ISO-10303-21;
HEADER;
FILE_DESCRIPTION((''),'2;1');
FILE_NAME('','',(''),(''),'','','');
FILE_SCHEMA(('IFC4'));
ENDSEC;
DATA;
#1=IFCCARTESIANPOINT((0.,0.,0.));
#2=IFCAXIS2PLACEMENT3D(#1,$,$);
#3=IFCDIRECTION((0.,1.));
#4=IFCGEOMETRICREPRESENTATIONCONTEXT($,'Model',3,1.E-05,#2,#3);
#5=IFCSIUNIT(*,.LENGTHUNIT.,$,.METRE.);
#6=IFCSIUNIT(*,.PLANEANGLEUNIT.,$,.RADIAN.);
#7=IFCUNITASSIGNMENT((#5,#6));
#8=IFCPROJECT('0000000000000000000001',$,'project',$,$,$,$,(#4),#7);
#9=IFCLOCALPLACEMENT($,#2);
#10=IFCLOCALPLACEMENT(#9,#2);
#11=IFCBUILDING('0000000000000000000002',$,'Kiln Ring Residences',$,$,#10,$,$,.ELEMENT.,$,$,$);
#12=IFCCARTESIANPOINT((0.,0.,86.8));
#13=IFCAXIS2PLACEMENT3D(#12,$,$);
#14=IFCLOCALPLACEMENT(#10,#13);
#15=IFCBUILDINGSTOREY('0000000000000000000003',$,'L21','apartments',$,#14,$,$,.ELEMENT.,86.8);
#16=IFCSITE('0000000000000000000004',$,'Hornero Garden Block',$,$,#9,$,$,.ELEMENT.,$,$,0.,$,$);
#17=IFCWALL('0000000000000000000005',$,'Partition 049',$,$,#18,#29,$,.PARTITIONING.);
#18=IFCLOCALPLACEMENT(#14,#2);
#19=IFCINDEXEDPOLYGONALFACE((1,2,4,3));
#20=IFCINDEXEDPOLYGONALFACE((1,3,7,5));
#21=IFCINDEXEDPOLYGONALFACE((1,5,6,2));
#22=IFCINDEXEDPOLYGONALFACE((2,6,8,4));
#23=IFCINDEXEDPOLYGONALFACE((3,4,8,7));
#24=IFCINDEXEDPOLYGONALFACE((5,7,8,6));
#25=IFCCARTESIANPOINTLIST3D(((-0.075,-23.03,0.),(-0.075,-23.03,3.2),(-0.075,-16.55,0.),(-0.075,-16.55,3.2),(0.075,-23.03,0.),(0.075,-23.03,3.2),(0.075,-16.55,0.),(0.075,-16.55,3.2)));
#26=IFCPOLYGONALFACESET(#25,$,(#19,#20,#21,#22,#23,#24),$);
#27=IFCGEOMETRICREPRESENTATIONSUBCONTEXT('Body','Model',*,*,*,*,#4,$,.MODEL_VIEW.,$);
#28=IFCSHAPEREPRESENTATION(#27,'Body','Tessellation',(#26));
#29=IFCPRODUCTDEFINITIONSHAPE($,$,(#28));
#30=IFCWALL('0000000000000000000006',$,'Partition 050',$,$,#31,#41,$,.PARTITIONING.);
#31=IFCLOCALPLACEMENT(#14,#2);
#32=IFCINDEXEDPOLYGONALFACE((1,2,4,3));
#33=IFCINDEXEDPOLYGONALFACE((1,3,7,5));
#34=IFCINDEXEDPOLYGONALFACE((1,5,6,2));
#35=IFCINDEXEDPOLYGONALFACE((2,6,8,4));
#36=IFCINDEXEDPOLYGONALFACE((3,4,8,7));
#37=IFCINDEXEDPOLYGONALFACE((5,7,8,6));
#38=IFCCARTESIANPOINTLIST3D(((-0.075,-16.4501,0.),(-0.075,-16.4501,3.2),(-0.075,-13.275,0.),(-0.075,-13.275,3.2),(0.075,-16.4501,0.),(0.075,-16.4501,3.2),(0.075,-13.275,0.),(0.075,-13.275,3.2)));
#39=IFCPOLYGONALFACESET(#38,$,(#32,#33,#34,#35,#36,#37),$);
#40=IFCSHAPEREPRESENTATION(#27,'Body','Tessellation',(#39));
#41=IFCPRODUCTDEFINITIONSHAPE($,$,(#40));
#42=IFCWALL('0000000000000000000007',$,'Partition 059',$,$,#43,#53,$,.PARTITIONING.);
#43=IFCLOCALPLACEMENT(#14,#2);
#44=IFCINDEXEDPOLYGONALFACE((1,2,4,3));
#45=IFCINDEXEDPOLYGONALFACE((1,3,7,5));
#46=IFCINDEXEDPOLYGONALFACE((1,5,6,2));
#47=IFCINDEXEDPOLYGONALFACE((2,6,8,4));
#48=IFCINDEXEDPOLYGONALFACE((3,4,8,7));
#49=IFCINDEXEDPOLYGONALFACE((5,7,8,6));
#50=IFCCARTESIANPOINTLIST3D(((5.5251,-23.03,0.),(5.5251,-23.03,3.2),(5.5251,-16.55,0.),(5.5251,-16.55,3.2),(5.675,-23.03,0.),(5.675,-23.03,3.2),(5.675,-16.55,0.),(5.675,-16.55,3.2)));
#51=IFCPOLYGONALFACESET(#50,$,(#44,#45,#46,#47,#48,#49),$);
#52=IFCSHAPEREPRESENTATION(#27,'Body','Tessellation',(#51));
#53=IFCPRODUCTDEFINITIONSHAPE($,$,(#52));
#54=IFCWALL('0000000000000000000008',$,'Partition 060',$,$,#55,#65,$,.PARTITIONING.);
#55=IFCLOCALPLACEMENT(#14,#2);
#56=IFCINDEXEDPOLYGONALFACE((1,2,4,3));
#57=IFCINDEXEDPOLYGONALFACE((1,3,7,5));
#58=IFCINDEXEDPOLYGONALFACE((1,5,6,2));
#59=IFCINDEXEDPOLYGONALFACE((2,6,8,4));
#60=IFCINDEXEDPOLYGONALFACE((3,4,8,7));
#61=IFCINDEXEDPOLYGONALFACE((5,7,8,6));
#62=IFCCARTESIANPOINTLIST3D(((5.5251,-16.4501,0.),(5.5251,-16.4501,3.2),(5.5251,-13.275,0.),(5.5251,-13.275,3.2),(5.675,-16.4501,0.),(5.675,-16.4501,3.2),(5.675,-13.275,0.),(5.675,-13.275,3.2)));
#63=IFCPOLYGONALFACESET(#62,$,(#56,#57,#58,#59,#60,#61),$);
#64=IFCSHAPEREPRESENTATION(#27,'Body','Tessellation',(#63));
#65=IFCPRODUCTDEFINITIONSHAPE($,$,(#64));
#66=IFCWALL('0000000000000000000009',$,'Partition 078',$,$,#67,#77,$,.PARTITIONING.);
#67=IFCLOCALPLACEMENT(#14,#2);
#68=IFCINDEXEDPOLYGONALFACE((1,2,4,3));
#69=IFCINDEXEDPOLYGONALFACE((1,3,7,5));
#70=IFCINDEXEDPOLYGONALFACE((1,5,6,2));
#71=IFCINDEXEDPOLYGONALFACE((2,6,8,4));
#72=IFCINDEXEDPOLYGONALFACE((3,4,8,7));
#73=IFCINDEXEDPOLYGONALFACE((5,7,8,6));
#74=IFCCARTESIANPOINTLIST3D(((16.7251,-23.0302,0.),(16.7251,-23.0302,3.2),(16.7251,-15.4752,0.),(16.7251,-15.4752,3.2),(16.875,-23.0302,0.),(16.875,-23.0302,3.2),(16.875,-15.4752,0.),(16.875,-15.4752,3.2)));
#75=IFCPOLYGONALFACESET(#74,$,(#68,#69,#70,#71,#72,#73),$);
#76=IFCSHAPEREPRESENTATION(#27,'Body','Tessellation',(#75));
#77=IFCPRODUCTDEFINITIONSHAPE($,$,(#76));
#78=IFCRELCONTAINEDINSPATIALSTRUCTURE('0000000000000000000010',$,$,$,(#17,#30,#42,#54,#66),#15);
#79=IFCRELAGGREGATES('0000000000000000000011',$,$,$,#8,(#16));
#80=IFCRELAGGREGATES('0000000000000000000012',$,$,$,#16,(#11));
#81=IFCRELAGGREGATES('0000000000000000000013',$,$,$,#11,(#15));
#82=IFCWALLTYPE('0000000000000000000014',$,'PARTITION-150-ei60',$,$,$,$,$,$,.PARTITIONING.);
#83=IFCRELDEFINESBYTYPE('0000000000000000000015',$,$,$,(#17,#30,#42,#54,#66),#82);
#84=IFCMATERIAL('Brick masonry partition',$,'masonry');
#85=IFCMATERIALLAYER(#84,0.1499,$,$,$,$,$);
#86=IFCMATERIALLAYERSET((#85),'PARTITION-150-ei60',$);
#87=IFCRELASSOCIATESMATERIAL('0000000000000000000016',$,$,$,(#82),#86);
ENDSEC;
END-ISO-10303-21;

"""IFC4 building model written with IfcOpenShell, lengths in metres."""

from ifc_helpers import new_model, si_unit, direction, frame, frame_2d, origin, place, context, subcontext, project, spatial, rectangle, extrude, material, layer, layer_set, type_object, element, save


model = new_model("IFC4")

# Units and contexts
model_context = context("Model", 3, precision=1e-05, world=origin(), true_north=direction((0.0, 1.0)))
body_context = subcontext(model_context, "Body", "Model", "MODEL_VIEW")
ifc_project = project(units=[si_unit("LENGTHUNIT", "METRE"), si_unit("PLANEANGLEUNIT", "RADIAN")], contexts=[model_context])

# Site, building, storey
site_placement = place(None, origin())
site = spatial("IfcSite", under=ifc_project, at=site_placement, Name="Hornero Garden Block", CompositionType="ELEMENT", RefElevation=0.0)
building_placement = place(site_placement, origin())
building = spatial("IfcBuilding", under=site, at=building_placement, Name="Kiln Ring Residences", CompositionType="ELEMENT")
storey_placement = place(building_placement, frame((0.0, 0.0, 86.8)))
storey = spatial("IfcBuildingStorey", under=building, at=storey_placement, Name="L21", Description="apartments", CompositionType="ELEMENT", Elevation=86.8)

# Walls
ifc_material_1 = material(Name="Brick masonry partition", Category="masonry")
ifc_layer_1 = layer(ifc_material_1, 0.1499)
ifc_layer_set_1 = layer_set([ifc_layer_1], Name="PARTITION-150-ei60")
wall_type_1 = type_object("IfcWallType", Name="PARTITION-150-ei60", PredefinedType="PARTITIONING", material=ifc_layer_set_1)
wall_1_placement = place(storey_placement, frame((0.0, -23.03, 0.0), z_axis=(0.0, 0.0, 1.0), x_axis=(0.0, 1.0, 0.0)))
element("IfcWall", 1, at=wall_1_placement, inside=storey, type_object=wall_type_1, Name="Partition 049", PredefinedType="PARTITIONING", context=body_context, shape_type="SweptSolid", body=[
    extrude(rectangle(XDim=6.48, YDim=0.1499, at=frame_2d((3.24, 0.0))), origin(), (0.0, 0.0, 1.0), 3.2),
])
wall_2_placement = place(storey_placement, frame((0.0, -16.45, 0.0), z_axis=(0.0, 0.0, 1.0), x_axis=(0.0, 1.0, 0.0)))
element("IfcWall", 2, at=wall_2_placement, inside=storey, type_object=wall_type_1, Name="Partition 050", PredefinedType="PARTITIONING", context=body_context, shape_type="SweptSolid", body=[
    extrude(rectangle(XDim=3.175, YDim=0.1499, at=frame_2d((1.5874, 0.0))), origin(), (0.0, 0.0, 1.0), 3.2),
])
wall_3_placement = place(storey_placement, frame((5.6001, -23.03, 0.0), z_axis=(0.0, 0.0, 1.0), x_axis=(0.0, 1.0, 0.0)))
element("IfcWall", 3, at=wall_3_placement, inside=storey, type_object=wall_type_1, Name="Partition 059", PredefinedType="PARTITIONING", context=body_context, shape_type="SweptSolid", body=[
    extrude(rectangle(XDim=6.48, YDim=0.1499, at=frame_2d((3.24, 0.0))), origin(), (0.0, 0.0, 1.0), 3.2),
])
wall_4_placement = place(storey_placement, frame((5.6001, -16.45, 0.0), z_axis=(0.0, 0.0, 1.0), x_axis=(0.0, 1.0, 0.0)))
element("IfcWall", 4, at=wall_4_placement, inside=storey, type_object=wall_type_1, Name="Partition 060", PredefinedType="PARTITIONING", context=body_context, shape_type="SweptSolid", body=[
    extrude(rectangle(XDim=3.175, YDim=0.1499, at=frame_2d((1.5874, 0.0))), origin(), (0.0, 0.0, 1.0), 3.2),
])
wall_5_placement = place(storey_placement, frame((16.8, -23.03, 0.0), z_axis=(0.0, 0.0, 1.0), x_axis=(0.0, 1.0, 0.0)))
element("IfcWall", 5, at=wall_5_placement, inside=storey, type_object=wall_type_1, Name="Partition 078", PredefinedType="PARTITIONING", context=body_context, shape_type="SweptSolid", body=[
    extrude(rectangle(XDim=7.5549, YDim=0.1499, at=frame_2d((3.7773, 0.0))), origin(), (0.0, 0.0, 1.0), 3.2),
])

save(model, "model.ifc")
